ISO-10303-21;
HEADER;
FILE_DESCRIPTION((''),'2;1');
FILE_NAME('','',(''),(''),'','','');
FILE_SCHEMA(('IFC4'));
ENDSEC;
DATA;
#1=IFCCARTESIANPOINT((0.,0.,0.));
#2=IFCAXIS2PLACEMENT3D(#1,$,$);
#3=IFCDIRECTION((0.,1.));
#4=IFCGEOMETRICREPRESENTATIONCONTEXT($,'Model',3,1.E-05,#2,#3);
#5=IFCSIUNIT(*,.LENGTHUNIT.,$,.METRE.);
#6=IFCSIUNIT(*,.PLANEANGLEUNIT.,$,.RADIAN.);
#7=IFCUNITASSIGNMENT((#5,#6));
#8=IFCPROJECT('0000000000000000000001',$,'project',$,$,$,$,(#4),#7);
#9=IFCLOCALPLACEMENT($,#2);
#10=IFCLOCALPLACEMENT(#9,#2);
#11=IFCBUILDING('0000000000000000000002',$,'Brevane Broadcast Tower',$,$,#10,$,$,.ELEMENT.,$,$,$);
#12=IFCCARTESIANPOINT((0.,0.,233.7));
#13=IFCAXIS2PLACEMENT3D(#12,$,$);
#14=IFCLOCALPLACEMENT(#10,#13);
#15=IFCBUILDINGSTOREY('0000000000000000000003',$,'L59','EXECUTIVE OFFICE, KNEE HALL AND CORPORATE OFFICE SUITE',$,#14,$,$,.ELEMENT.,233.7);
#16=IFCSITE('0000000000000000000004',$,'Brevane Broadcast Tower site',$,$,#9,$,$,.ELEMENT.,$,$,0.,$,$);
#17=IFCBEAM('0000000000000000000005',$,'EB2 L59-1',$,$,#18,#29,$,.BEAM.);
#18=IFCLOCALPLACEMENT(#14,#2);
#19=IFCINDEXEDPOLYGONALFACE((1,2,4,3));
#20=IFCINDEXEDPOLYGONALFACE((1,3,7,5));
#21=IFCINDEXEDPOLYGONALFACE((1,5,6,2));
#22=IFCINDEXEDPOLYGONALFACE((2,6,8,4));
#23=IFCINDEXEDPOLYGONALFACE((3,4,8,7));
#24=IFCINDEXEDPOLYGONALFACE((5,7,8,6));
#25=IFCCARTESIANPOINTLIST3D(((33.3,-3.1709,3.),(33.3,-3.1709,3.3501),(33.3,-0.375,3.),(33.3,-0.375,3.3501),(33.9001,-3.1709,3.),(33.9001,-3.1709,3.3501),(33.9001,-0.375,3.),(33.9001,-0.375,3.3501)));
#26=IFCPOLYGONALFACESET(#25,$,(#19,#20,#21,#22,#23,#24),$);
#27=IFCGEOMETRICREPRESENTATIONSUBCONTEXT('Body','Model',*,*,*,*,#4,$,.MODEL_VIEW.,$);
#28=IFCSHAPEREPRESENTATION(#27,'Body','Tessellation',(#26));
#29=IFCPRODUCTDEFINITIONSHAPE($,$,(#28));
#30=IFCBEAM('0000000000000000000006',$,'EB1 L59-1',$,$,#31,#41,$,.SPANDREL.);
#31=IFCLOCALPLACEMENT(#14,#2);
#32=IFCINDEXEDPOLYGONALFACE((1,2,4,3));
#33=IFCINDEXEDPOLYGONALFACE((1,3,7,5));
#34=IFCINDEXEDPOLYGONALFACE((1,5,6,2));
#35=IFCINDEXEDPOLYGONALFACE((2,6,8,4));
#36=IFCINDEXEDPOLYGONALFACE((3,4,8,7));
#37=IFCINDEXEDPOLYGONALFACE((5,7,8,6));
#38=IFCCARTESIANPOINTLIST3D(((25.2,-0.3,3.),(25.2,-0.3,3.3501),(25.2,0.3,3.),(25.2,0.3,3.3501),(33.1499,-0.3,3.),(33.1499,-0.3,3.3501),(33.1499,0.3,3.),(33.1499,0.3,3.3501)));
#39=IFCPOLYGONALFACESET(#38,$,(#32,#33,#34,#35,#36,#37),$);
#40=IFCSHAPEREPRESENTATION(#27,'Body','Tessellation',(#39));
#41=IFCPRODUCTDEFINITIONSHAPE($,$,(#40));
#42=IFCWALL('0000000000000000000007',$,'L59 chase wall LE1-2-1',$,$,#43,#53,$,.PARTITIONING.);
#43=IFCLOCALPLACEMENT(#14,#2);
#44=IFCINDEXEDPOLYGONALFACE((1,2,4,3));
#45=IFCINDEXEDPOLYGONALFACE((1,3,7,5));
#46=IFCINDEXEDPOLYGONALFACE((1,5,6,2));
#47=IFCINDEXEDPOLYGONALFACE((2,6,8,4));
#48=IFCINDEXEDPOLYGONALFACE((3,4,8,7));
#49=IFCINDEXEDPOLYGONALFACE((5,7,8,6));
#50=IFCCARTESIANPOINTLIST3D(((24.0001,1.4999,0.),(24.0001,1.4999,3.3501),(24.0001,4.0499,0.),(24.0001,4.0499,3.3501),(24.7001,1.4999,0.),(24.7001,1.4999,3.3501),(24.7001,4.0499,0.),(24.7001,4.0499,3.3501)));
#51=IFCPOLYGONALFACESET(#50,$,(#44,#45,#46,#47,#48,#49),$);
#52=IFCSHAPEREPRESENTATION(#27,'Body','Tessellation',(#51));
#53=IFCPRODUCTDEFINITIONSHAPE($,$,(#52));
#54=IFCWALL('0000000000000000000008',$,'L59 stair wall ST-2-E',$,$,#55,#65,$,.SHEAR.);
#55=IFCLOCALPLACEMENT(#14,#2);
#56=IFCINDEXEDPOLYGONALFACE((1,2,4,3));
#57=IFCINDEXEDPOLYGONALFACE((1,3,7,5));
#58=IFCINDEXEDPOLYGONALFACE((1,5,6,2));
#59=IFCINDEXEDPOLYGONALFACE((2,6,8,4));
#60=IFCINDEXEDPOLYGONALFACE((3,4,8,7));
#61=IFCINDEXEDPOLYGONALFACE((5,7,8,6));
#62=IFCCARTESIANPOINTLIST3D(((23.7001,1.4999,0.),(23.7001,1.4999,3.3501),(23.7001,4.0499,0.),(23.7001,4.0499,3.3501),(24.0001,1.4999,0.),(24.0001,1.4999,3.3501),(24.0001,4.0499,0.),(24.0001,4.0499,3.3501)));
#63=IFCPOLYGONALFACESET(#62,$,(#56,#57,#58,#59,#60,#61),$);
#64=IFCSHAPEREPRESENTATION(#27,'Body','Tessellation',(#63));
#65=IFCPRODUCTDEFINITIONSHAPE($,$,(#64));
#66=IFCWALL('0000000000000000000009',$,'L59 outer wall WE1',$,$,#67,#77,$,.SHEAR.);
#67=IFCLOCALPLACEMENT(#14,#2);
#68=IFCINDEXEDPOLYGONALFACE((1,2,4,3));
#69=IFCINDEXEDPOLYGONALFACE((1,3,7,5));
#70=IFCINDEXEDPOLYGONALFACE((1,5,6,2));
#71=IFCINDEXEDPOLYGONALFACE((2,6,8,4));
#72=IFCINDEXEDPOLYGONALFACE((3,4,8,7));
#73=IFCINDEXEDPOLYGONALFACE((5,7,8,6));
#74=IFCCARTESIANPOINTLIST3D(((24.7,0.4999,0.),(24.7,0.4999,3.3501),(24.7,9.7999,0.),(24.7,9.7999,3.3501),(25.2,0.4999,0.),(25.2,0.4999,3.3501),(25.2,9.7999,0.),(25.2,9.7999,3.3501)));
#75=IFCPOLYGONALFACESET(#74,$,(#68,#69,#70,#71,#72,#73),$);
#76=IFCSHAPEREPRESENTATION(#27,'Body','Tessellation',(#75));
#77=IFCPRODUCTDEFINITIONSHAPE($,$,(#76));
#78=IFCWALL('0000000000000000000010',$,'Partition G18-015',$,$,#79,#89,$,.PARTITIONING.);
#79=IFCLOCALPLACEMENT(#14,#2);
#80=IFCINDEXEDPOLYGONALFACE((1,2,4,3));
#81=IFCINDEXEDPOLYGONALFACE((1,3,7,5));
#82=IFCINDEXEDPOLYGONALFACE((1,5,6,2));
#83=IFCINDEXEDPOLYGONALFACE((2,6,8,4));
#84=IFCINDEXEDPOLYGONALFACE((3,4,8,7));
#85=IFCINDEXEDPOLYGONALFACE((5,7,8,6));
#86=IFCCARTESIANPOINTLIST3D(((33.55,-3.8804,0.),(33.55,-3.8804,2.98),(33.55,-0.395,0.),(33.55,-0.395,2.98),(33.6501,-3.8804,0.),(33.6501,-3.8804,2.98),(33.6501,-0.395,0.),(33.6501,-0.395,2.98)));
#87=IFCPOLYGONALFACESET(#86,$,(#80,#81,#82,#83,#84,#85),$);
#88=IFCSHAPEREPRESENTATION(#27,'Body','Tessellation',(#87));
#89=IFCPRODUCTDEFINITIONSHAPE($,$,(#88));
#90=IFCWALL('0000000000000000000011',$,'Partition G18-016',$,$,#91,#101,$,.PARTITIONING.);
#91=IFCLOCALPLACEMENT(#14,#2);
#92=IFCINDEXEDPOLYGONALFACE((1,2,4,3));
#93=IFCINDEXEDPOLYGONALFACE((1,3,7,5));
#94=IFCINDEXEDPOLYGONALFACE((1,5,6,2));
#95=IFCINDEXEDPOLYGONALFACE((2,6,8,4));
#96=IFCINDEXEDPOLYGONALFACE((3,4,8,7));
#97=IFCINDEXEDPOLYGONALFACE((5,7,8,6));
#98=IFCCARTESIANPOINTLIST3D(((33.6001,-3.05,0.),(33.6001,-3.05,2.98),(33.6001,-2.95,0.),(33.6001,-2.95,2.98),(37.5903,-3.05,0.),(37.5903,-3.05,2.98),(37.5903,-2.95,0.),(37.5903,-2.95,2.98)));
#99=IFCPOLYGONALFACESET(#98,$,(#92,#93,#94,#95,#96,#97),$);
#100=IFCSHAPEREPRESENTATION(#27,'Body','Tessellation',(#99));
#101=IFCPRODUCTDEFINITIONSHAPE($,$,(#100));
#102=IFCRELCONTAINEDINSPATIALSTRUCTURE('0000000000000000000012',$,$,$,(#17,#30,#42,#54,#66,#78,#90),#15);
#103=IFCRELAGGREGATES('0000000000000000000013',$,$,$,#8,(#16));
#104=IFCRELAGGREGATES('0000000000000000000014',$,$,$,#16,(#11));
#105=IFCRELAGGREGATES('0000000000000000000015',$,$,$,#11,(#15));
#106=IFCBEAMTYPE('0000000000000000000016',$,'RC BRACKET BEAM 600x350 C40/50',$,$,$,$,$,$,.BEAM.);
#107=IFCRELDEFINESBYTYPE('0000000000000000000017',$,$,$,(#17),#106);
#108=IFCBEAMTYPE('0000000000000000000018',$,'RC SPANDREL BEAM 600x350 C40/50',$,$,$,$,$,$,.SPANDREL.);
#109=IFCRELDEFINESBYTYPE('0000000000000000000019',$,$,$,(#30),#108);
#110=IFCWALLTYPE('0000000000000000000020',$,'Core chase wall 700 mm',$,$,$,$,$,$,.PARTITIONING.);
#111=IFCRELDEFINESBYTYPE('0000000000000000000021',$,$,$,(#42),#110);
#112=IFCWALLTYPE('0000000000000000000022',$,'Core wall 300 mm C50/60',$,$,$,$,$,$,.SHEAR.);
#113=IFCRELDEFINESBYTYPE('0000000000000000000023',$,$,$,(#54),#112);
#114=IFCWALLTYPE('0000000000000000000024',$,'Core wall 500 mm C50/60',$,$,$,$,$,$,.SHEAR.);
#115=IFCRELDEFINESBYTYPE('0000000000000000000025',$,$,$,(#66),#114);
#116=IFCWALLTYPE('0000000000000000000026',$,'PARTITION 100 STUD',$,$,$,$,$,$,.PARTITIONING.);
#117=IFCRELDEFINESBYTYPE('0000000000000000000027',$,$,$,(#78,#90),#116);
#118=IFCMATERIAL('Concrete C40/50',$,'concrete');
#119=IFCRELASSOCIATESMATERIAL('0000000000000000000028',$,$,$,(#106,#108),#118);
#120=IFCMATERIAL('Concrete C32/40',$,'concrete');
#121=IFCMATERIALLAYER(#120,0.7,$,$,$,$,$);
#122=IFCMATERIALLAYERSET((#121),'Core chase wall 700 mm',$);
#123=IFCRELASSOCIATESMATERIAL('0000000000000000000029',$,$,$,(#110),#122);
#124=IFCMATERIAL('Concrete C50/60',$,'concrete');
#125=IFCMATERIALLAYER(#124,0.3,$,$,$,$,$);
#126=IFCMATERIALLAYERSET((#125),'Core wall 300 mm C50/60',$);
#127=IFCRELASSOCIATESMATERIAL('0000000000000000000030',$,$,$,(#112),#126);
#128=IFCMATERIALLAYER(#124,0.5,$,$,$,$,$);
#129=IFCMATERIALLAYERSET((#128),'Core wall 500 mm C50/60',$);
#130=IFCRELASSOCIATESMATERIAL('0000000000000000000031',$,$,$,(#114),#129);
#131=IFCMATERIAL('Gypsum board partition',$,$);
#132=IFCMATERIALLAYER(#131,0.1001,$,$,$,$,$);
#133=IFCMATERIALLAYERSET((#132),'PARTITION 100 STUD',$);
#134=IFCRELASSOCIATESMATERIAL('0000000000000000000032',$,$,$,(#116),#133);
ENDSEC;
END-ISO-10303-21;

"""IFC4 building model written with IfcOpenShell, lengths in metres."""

from ifc_helpers import new_model, si_unit, direction, frame, frame_2d, origin, origin_2d, place, context, subcontext, project, spatial, rectangle, extrude, material, layer, layer_set, material_profile, profile_set, type_object, element, save


model = new_model("IFC4")

# Units and contexts
model_context = context("Model", 3, precision=1e-05, world=origin(), true_north=direction((0.0, 1.0)))
body_context = subcontext(model_context, "Body", "Model", "MODEL_VIEW")
ifc_project = project(units=[si_unit("LENGTHUNIT", "METRE"), si_unit("PLANEANGLEUNIT", "RADIAN")], contexts=[model_context])

# Site, building, storey
site_placement = place(None, origin())
site = spatial("IfcSite", under=ifc_project, at=site_placement, Name="Brevane Broadcast Tower site", CompositionType="ELEMENT", RefElevation=0.0)
building_placement = place(site_placement, origin())
building = spatial("IfcBuilding", under=site, at=building_placement, Name="Brevane Broadcast Tower", CompositionType="ELEMENT")
storey_placement = place(building_placement, frame((0.0, 0.0, 233.7)))
storey = spatial("IfcBuildingStorey", under=building, at=storey_placement, Name="L59", Description="EXECUTIVE OFFICE, KNEE HALL AND CORPORATE OFFICE SUITE", CompositionType="ELEMENT", Elevation=233.7)

# Shared definitions
ifc_material_1 = material(Name="Concrete C50/60", Category="concrete")

# Beams
ifc_material_2 = material(Name="Concrete C40/50", Category="concrete")
ifc_material_profile_1 = material_profile(ifc_material_2, rectangle(XDim=0.6001, YDim=0.3501, at=origin_2d()), Name="RC 600x350")
ifc_profile_set_1 = profile_set([ifc_material_profile_1], Name="Concrete C40/50")
beam_type_1 = type_object("IfcBeamType", Name="RC BRACKET BEAM 600x350 C40/50", PredefinedType="BEAM", material=ifc_profile_set_1)
beam_1_placement = place(storey_placement, frame((33.6001, -0.375, 3.175), z_axis=(0.0, -1.0, 0.0), x_axis=(1.0, 0.0, 0.0)))
element("IfcBeam", 1, at=beam_1_placement, inside=storey, type_object=beam_type_1, Name="EB2 L59-1", PredefinedType="BEAM", context=body_context, shape_type="SweptSolid", body=[
    extrude(rectangle(XDim=0.6001, YDim=0.3501, at=origin_2d()), origin(), (0.0, 0.0, 1.0), 2.7959),
])
ifc_material_profile_2 = material_profile(ifc_material_2, rectangle(XDim=0.6001, YDim=0.3501, at=origin_2d()), Name="RC 600x350")
ifc_profile_set_2 = profile_set([ifc_material_profile_2], Name="Concrete C40/50")
beam_type_2 = type_object("IfcBeamType", Name="RC SPANDREL BEAM 600x350 C40/50", PredefinedType="SPANDREL", material=ifc_profile_set_2)
beam_2_placement = place(storey_placement, frame((25.2, 0.0, 3.175), z_axis=(1.0, 0.0, 0.0), x_axis=(0.0, 1.0, 0.0)))
element("IfcBeam", 2, at=beam_2_placement, inside=storey, type_object=beam_type_2, Name="EB1 L59-1", PredefinedType="SPANDREL", context=body_context, shape_type="SweptSolid", body=[
    extrude(rectangle(XDim=0.6001, YDim=0.3501, at=origin_2d()), origin(), (0.0, 0.0, 1.0), 7.95),
])

# Walls
ifc_material_3 = material(Name="Concrete C32/40", Category="concrete")
ifc_layer_1 = layer(ifc_material_3, 0.7)
ifc_layer_set_1 = layer_set([ifc_layer_1], Name="Core chase wall 700 mm")
wall_type_1 = type_object("IfcWallType", Name="Core chase wall 700 mm", PredefinedType="PARTITIONING", material=ifc_layer_set_1)
wall_1_placement = place(storey_placement, frame((24.3501, 1.5, 0.0), z_axis=(0.0, 0.0, 1.0), x_axis=(0.0, 1.0, 0.0)))
element("IfcWall", 3, at=wall_1_placement, inside=storey, type_object=wall_type_1, Name="L59 chase wall LE1-2-1", PredefinedType="PARTITIONING", context=body_context, shape_type="SweptSolid", body=[
    extrude(rectangle(XDim=2.55, YDim=0.7, at=frame_2d((1.2749, 0.0))), origin(), (0.0, 0.0, 1.0), 3.3501),
])
ifc_layer_2 = layer(ifc_material_1, 0.3)
ifc_layer_set_2 = layer_set([ifc_layer_2], Name="Core wall 300 mm C50/60")
wall_type_2 = type_object("IfcWallType", Name="Core wall 300 mm C50/60", PredefinedType="SHEAR", material=ifc_layer_set_2)
wall_2_placement = place(storey_placement, frame((23.8501, 1.5, 0.0), z_axis=(0.0, 0.0, 1.0), x_axis=(0.0, 1.0, 0.0)))
element("IfcWall", 4, at=wall_2_placement, inside=storey, type_object=wall_type_2, Name="L59 stair wall ST-2-E", PredefinedType="SHEAR", context=body_context, shape_type="SweptSolid", body=[
    extrude(rectangle(XDim=2.55, YDim=0.3, at=frame_2d((1.2749, 0.0))), origin(), (0.0, 0.0, 1.0), 3.3501),
])
ifc_layer_3 = layer(ifc_material_1, 0.5)
ifc_layer_set_3 = layer_set([ifc_layer_3], Name="Core wall 500 mm C50/60")
wall_type_3 = type_object("IfcWallType", Name="Core wall 500 mm C50/60", PredefinedType="SHEAR", material=ifc_layer_set_3)
wall_3_placement = place(storey_placement, frame((24.95, 0.5, 0.0), z_axis=(0.0, 0.0, 1.0), x_axis=(0.0, 1.0, 0.0)))
element("IfcWall", 5, at=wall_3_placement, inside=storey, type_object=wall_type_3, Name="L59 outer wall WE1", PredefinedType="SHEAR", context=body_context, shape_type="SweptSolid", body=[
    extrude(rectangle(XDim=9.3, YDim=0.5, at=frame_2d((4.6499, 0.0))), origin(), (0.0, 0.0, 1.0), 3.3501),
])
ifc_material_4 = material(Name="Gypsum board partition")
ifc_layer_4 = layer(ifc_material_4, 0.1001)
ifc_layer_set_4 = layer_set([ifc_layer_4], Name="PARTITION 100 STUD")
wall_type_4 = type_object("IfcWallType", Name="PARTITION 100 STUD", PredefinedType="PARTITIONING", material=ifc_layer_set_4)
wall_4_placement = place(storey_placement, frame((33.6001, -0.395, 0.0), z_axis=(0.0, 0.0, 1.0), x_axis=(0.0, -1.0, 0.0)))
element("IfcWall", 6, at=wall_4_placement, inside=storey, type_object=wall_type_4, Name="Partition G18-015", PredefinedType="PARTITIONING", context=body_context, shape_type="SweptSolid", body=[
    extrude(rectangle(XDim=3.4854, YDim=0.1001, at=frame_2d((1.7427, 0.0))), origin(), (0.0, 0.0, 1.0), 2.98),
])
wall_5_placement = place(storey_placement, frame((33.6001, -3.0, 0.0), z_axis=(0.0, 0.0, 1.0), x_axis=(1.0, 0.0, 0.0)))
element("IfcWall", 7, at=wall_5_placement, inside=storey, type_object=wall_type_4, Name="Partition G18-016", PredefinedType="PARTITIONING", context=body_context, shape_type="SweptSolid", body=[
    extrude(rectangle(XDim=3.9902, YDim=0.1001, at=frame_2d((1.9951, 0.0))), origin(), (0.0, 0.0, 1.0), 2.98),
])

save(model, "model.ifc")
